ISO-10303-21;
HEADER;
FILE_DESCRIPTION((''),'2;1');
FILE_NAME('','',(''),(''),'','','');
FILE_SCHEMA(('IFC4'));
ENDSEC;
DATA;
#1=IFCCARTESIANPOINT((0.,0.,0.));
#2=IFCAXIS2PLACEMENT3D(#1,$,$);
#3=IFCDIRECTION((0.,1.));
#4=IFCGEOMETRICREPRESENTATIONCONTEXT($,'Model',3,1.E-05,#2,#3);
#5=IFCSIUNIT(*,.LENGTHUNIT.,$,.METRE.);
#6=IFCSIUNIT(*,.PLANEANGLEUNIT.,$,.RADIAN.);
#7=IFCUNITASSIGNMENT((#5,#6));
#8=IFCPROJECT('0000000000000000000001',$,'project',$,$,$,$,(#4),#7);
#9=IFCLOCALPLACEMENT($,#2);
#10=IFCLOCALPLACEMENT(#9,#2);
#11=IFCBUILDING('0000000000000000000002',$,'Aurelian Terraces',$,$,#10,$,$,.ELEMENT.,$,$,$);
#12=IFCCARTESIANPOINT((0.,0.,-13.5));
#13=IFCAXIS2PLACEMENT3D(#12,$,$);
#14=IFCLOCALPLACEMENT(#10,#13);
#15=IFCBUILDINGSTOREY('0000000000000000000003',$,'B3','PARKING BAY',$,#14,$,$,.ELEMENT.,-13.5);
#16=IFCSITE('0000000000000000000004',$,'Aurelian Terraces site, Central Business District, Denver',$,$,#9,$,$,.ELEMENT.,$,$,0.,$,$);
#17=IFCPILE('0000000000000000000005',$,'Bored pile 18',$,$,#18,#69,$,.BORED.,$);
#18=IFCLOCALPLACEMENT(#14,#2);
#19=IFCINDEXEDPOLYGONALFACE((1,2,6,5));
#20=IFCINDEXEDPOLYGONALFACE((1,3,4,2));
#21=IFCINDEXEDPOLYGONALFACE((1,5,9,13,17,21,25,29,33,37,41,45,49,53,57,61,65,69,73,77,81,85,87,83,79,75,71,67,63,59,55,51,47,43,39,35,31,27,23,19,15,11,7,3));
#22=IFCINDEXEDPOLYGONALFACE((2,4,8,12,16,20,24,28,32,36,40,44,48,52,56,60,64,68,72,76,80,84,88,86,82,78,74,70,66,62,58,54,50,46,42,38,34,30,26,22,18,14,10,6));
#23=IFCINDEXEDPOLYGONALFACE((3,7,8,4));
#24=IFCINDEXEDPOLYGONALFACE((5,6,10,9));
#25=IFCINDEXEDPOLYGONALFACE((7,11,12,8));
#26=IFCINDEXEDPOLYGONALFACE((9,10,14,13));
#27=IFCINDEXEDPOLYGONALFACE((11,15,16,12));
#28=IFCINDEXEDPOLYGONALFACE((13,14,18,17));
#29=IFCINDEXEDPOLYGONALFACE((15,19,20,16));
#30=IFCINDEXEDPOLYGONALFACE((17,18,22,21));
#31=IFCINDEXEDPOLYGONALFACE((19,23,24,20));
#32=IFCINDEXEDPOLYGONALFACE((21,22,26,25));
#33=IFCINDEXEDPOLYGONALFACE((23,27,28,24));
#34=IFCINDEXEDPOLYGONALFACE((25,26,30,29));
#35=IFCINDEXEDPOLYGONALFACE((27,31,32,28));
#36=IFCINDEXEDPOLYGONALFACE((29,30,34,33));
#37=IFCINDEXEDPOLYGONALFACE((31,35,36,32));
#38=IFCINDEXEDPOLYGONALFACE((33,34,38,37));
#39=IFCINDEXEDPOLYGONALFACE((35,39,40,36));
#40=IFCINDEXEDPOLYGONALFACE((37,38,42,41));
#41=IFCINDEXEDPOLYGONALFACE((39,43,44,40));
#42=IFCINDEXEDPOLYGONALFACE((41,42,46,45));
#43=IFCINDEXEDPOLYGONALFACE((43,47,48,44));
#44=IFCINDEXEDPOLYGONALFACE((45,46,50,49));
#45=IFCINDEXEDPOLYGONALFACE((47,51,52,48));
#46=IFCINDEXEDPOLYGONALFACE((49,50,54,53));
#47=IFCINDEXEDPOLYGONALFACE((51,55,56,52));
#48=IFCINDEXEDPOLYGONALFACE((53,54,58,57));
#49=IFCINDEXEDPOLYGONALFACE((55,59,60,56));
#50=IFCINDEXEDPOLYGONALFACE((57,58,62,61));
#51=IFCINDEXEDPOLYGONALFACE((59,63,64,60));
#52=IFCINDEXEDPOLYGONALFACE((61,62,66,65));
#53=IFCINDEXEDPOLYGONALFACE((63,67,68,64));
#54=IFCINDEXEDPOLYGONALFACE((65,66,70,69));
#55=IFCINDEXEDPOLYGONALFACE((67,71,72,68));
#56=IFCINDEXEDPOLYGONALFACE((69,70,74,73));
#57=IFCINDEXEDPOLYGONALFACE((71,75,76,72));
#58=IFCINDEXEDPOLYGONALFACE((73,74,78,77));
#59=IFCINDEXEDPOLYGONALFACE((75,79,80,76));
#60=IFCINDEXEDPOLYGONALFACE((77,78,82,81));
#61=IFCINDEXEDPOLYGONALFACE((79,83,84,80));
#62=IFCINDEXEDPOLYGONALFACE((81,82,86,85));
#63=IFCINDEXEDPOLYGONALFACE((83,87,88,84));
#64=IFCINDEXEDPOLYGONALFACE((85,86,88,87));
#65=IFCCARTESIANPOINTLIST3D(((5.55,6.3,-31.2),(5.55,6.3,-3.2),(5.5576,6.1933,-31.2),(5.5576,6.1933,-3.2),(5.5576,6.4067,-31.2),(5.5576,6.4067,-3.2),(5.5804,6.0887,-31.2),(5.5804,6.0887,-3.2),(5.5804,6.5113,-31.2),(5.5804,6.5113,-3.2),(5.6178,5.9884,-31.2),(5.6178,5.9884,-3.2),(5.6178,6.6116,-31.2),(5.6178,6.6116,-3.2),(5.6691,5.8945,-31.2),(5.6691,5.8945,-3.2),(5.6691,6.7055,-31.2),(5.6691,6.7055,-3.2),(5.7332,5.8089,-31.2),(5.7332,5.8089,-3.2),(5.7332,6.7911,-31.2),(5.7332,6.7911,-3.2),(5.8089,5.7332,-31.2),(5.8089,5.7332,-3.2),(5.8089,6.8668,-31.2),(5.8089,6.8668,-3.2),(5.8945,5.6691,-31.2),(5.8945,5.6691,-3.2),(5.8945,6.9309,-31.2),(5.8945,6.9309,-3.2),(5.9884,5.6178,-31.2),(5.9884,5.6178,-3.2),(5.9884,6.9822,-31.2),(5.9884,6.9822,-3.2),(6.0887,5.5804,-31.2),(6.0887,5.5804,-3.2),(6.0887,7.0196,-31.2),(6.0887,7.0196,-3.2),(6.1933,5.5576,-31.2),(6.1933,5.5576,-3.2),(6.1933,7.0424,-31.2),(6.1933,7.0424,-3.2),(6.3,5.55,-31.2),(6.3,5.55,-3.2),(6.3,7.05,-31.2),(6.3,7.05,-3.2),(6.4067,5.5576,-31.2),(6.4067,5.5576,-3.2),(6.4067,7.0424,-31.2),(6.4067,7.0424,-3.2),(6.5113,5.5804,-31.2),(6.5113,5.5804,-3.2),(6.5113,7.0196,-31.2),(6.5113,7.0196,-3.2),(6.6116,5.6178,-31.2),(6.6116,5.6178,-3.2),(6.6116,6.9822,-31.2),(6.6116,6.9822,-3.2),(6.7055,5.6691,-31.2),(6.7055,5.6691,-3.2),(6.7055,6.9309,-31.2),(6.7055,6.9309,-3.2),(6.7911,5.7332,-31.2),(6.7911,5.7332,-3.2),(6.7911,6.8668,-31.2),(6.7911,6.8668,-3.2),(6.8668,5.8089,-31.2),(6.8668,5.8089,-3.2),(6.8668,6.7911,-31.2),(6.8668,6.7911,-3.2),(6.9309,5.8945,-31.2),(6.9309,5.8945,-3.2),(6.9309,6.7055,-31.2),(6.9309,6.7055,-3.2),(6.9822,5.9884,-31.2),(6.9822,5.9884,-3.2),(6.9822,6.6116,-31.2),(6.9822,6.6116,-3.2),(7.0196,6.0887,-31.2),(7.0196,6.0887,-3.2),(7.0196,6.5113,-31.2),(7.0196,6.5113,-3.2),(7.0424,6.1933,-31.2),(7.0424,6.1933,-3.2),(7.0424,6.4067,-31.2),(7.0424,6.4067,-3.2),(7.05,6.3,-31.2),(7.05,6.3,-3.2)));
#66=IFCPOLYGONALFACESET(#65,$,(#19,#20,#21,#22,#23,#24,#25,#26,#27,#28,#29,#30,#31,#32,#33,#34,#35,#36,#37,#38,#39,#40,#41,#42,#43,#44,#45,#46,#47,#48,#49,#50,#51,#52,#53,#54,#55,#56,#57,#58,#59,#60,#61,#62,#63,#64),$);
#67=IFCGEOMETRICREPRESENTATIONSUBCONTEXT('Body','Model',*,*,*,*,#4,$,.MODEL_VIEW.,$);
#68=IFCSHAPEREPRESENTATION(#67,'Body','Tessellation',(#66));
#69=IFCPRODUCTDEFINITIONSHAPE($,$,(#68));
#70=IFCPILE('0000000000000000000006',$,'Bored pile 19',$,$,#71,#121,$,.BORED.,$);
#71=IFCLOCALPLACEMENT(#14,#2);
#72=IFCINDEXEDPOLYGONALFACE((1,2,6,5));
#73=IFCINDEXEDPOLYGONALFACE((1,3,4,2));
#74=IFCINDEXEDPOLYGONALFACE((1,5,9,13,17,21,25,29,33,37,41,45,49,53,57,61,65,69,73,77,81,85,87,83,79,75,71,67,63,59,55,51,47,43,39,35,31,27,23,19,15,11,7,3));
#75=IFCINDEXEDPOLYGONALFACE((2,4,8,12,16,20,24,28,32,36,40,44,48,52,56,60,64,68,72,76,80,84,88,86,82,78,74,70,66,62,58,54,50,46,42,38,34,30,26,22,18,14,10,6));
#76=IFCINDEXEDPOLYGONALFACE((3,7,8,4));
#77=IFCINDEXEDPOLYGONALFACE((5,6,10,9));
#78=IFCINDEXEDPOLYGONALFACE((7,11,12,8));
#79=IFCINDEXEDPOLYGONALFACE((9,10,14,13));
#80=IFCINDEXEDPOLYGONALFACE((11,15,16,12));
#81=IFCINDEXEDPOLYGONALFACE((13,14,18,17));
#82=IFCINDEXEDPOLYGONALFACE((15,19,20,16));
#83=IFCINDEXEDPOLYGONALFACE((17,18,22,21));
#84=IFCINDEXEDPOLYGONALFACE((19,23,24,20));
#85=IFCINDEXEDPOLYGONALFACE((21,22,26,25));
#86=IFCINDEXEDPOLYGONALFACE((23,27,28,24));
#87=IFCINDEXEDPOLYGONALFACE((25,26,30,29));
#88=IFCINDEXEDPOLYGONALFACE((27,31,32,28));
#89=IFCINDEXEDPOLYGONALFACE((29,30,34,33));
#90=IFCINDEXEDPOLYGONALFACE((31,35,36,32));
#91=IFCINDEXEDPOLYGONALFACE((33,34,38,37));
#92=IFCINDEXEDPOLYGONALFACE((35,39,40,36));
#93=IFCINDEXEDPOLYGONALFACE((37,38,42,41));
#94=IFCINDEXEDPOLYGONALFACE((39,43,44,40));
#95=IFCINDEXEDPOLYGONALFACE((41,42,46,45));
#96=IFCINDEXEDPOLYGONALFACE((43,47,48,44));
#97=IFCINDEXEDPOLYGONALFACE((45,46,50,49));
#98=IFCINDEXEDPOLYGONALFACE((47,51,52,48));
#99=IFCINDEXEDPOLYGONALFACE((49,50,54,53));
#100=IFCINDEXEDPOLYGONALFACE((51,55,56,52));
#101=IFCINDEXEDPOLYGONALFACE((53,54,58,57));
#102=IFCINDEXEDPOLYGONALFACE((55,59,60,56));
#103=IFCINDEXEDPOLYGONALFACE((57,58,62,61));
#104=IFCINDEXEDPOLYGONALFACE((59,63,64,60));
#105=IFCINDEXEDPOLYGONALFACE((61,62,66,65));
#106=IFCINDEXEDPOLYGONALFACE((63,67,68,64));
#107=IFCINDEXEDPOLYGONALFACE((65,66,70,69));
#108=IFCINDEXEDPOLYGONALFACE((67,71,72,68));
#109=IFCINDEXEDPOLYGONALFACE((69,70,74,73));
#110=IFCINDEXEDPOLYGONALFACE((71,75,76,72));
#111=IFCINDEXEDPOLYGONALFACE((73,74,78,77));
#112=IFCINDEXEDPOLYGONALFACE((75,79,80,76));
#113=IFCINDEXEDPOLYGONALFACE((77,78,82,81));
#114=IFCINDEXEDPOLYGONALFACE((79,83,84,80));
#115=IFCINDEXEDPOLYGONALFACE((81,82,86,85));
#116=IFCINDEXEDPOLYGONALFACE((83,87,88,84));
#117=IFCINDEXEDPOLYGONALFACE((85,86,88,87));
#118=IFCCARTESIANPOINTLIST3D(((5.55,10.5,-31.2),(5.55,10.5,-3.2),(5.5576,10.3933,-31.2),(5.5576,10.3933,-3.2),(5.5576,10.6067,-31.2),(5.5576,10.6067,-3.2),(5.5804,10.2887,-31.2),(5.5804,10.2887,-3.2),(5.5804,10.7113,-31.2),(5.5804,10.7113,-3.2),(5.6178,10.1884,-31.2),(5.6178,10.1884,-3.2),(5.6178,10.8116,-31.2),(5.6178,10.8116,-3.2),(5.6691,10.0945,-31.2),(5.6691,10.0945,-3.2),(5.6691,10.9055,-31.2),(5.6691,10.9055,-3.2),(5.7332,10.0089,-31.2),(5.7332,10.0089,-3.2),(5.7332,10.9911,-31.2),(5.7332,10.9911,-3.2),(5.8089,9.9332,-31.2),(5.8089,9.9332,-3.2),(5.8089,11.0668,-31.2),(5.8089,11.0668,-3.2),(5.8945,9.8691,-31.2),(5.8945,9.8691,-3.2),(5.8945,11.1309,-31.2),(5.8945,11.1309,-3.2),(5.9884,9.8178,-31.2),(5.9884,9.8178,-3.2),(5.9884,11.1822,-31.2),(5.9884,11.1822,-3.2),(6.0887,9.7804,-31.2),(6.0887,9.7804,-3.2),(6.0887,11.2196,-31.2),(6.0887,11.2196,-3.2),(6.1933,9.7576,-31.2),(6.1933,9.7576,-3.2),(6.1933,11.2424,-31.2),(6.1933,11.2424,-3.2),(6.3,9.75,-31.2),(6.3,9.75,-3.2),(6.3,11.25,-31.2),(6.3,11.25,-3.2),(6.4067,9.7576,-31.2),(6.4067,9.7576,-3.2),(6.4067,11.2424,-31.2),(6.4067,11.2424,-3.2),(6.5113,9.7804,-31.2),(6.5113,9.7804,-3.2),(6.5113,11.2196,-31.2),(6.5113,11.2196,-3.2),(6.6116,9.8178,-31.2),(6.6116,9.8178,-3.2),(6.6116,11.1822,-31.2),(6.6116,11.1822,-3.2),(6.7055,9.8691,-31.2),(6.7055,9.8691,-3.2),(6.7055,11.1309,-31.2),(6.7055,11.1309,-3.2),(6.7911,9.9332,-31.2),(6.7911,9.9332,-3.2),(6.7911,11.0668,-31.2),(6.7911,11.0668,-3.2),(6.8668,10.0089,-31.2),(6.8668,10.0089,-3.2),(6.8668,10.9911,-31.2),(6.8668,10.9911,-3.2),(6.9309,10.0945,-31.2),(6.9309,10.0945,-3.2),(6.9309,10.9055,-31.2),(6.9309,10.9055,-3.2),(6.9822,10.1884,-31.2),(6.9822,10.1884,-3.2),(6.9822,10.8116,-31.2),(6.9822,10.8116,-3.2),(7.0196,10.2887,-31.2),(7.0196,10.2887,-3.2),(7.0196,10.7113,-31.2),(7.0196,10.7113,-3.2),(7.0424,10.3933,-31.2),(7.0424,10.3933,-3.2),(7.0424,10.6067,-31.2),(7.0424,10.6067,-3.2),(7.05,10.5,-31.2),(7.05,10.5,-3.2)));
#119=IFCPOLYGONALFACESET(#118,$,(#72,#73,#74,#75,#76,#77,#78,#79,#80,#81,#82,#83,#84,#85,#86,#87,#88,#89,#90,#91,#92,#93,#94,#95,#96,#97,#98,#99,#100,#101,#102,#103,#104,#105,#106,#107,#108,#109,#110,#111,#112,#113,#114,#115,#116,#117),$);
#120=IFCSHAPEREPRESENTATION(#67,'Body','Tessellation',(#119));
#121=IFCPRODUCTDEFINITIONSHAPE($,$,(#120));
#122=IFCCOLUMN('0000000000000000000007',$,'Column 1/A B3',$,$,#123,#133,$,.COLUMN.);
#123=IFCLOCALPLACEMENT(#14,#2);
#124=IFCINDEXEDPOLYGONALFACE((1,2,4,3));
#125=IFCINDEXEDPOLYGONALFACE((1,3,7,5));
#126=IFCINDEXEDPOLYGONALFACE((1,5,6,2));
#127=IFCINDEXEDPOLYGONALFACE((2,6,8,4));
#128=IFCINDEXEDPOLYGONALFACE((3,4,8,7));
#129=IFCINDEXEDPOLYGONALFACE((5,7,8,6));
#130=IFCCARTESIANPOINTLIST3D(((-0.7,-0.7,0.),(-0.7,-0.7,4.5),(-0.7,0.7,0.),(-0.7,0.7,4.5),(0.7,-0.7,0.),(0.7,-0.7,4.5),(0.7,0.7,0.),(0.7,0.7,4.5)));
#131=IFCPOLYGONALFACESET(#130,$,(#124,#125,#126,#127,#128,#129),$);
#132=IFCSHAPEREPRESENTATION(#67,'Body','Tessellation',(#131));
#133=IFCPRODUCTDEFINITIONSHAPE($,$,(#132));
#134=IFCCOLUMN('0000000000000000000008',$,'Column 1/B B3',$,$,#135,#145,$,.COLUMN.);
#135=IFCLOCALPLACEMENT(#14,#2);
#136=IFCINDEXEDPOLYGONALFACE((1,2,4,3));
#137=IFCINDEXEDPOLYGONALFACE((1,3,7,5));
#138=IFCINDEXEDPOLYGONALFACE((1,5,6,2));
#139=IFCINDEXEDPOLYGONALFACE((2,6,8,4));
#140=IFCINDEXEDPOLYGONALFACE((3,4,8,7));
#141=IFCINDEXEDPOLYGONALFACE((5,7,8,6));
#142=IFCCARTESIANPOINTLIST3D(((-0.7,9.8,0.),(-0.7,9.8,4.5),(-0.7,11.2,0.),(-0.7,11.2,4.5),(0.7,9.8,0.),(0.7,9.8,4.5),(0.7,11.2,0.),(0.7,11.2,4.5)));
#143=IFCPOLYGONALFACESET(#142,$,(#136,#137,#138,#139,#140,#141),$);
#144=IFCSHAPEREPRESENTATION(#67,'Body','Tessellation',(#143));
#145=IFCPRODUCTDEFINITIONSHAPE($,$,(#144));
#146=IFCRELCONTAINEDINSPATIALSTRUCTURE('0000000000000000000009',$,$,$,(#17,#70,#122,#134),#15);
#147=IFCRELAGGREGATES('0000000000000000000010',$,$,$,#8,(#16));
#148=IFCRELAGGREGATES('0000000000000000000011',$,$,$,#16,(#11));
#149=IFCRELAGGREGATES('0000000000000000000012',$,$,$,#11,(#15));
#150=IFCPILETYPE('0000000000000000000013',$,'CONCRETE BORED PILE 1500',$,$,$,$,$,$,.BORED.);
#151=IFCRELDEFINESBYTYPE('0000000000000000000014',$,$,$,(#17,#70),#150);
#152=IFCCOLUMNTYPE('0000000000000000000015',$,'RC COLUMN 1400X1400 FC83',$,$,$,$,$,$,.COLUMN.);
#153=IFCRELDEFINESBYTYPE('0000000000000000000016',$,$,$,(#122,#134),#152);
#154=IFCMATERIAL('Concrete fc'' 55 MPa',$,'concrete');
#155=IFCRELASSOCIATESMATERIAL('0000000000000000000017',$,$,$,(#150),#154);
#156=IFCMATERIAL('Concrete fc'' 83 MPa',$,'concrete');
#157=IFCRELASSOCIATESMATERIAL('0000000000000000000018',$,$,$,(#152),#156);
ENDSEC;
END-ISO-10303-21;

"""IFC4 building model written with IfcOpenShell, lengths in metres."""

from ifc_helpers import new_model, si_unit, direction, frame, origin, origin_with_axes, origin_2d, place, context, subcontext, project, spatial, rectangle, circle, extrude, source, transform, mapped, material, material_profile, profile_set, type_object, element, save


model = new_model("IFC4")

# Units and contexts
model_context = context("Model", 3, precision=1e-05, world=origin(), true_north=direction((0.0, 1.0)))
body_context = subcontext(model_context, "Body", "Model", "MODEL_VIEW")
ifc_project = project(units=[si_unit("LENGTHUNIT", "METRE"), si_unit("PLANEANGLEUNIT", "RADIAN")], contexts=[model_context])

# Site, building, storey
site_placement = place(None, origin())
site = spatial("IfcSite", under=ifc_project, at=site_placement, Name="Aurelian Terraces site, Central Business District, Denver", CompositionType="ELEMENT", RefElevation=0.0)
building_placement = place(site_placement, origin())
building = spatial("IfcBuilding", under=site, at=building_placement, Name="Aurelian Terraces", CompositionType="ELEMENT")
storey_placement = place(building_placement, frame((0.0, 0.0, -13.5)))
storey = spatial("IfcBuildingStorey", under=building, at=storey_placement, Name="B3", Description="PARKING BAY", CompositionType="ELEMENT", Elevation=-13.5)

# Shared definitions
ifc_material_1 = material(Name="Concrete fc' 55 MPa", Category="concrete")
ifc_material_profile_1 = material_profile(ifc_material_1, circle(Radius=0.75, at=origin_2d()))
ifc_profile_set_1 = profile_set([ifc_material_profile_1], Name="Concrete fc' 55 MPa")
pile_type = type_object("IfcPileType", Name="CONCRETE BORED PILE 1500", PredefinedType="BORED", material=ifc_profile_set_1)

# Piles
shared_shape_1 = source(origin(), body_context, "Body", "SweptSolid", [
    extrude(circle(Radius=0.75, at=origin_2d()), origin(), (0.0, 0.0, 1.0), 28.0),
])
for number, where, z_axis, x_axis, name in (
    (1, (6.3, 6.3, -3.2), (0.0, 0.0, -1.0), (1.0, 0.0, 0.0), "Bored pile 18"),
    (2, (6.3, 10.5, -3.2), (0.0, 0.0, -1.0), (1.0, 0.0, 0.0), "Bored pile 19"),
):
    element("IfcPile", number, at=place(storey_placement, frame(where, z_axis=z_axis, x_axis=x_axis)), inside=storey, type_object=pile_type, Name=name, PredefinedType="BORED", context=body_context, shape_type="MappedRepresentation", body=[
        mapped(shared_shape_1, transform((0.0, 0.0, 0.0), scale=1.0)),
    ])

# Columns
ifc_material_2 = material(Name="Concrete fc' 83 MPa", Category="concrete")
ifc_material_profile_2 = material_profile(ifc_material_2, rectangle(XDim=1.4, YDim=1.4, at=origin_2d()))
ifc_profile_set_2 = profile_set([ifc_material_profile_2], Name="Concrete fc' 83 MPa")
column_type = type_object("IfcColumnType", Name="RC COLUMN 1400X1400 FC83", PredefinedType="COLUMN", material=ifc_profile_set_2)
column_1_placement = place(storey_placement, origin_with_axes())
element("IfcColumn", 3, at=column_1_placement, inside=storey, type_object=column_type, Name="Column 1/A B3", PredefinedType="COLUMN", context=body_context, shape_type="SweptSolid", body=[
    extrude(rectangle(XDim=1.4, YDim=1.4, at=origin_2d()), origin(), (0.0, 0.0, 1.0), 4.5),
])
shared_shape_2 = source(origin(), body_context, "Body", "SweptSolid", [
    extrude(rectangle(XDim=1.4, YDim=1.4, at=origin_2d()), origin(), (0.0, 0.0, 1.0), 4.5),
])
column_2_placement = place(storey_placement, frame((0.0, 10.5, 0.0), z_axis=(0.0, 0.0, 1.0), x_axis=(1.0, 0.0, 0.0)))
element("IfcColumn", 4, at=column_2_placement, inside=storey, type_object=column_type, Name="Column 1/B B3", PredefinedType="COLUMN", context=body_context, shape_type="MappedRepresentation", body=[
    mapped(shared_shape_2, transform((0.0, 0.0, 0.0), scale=1.0)),
])

save(model, "model.ifc")
